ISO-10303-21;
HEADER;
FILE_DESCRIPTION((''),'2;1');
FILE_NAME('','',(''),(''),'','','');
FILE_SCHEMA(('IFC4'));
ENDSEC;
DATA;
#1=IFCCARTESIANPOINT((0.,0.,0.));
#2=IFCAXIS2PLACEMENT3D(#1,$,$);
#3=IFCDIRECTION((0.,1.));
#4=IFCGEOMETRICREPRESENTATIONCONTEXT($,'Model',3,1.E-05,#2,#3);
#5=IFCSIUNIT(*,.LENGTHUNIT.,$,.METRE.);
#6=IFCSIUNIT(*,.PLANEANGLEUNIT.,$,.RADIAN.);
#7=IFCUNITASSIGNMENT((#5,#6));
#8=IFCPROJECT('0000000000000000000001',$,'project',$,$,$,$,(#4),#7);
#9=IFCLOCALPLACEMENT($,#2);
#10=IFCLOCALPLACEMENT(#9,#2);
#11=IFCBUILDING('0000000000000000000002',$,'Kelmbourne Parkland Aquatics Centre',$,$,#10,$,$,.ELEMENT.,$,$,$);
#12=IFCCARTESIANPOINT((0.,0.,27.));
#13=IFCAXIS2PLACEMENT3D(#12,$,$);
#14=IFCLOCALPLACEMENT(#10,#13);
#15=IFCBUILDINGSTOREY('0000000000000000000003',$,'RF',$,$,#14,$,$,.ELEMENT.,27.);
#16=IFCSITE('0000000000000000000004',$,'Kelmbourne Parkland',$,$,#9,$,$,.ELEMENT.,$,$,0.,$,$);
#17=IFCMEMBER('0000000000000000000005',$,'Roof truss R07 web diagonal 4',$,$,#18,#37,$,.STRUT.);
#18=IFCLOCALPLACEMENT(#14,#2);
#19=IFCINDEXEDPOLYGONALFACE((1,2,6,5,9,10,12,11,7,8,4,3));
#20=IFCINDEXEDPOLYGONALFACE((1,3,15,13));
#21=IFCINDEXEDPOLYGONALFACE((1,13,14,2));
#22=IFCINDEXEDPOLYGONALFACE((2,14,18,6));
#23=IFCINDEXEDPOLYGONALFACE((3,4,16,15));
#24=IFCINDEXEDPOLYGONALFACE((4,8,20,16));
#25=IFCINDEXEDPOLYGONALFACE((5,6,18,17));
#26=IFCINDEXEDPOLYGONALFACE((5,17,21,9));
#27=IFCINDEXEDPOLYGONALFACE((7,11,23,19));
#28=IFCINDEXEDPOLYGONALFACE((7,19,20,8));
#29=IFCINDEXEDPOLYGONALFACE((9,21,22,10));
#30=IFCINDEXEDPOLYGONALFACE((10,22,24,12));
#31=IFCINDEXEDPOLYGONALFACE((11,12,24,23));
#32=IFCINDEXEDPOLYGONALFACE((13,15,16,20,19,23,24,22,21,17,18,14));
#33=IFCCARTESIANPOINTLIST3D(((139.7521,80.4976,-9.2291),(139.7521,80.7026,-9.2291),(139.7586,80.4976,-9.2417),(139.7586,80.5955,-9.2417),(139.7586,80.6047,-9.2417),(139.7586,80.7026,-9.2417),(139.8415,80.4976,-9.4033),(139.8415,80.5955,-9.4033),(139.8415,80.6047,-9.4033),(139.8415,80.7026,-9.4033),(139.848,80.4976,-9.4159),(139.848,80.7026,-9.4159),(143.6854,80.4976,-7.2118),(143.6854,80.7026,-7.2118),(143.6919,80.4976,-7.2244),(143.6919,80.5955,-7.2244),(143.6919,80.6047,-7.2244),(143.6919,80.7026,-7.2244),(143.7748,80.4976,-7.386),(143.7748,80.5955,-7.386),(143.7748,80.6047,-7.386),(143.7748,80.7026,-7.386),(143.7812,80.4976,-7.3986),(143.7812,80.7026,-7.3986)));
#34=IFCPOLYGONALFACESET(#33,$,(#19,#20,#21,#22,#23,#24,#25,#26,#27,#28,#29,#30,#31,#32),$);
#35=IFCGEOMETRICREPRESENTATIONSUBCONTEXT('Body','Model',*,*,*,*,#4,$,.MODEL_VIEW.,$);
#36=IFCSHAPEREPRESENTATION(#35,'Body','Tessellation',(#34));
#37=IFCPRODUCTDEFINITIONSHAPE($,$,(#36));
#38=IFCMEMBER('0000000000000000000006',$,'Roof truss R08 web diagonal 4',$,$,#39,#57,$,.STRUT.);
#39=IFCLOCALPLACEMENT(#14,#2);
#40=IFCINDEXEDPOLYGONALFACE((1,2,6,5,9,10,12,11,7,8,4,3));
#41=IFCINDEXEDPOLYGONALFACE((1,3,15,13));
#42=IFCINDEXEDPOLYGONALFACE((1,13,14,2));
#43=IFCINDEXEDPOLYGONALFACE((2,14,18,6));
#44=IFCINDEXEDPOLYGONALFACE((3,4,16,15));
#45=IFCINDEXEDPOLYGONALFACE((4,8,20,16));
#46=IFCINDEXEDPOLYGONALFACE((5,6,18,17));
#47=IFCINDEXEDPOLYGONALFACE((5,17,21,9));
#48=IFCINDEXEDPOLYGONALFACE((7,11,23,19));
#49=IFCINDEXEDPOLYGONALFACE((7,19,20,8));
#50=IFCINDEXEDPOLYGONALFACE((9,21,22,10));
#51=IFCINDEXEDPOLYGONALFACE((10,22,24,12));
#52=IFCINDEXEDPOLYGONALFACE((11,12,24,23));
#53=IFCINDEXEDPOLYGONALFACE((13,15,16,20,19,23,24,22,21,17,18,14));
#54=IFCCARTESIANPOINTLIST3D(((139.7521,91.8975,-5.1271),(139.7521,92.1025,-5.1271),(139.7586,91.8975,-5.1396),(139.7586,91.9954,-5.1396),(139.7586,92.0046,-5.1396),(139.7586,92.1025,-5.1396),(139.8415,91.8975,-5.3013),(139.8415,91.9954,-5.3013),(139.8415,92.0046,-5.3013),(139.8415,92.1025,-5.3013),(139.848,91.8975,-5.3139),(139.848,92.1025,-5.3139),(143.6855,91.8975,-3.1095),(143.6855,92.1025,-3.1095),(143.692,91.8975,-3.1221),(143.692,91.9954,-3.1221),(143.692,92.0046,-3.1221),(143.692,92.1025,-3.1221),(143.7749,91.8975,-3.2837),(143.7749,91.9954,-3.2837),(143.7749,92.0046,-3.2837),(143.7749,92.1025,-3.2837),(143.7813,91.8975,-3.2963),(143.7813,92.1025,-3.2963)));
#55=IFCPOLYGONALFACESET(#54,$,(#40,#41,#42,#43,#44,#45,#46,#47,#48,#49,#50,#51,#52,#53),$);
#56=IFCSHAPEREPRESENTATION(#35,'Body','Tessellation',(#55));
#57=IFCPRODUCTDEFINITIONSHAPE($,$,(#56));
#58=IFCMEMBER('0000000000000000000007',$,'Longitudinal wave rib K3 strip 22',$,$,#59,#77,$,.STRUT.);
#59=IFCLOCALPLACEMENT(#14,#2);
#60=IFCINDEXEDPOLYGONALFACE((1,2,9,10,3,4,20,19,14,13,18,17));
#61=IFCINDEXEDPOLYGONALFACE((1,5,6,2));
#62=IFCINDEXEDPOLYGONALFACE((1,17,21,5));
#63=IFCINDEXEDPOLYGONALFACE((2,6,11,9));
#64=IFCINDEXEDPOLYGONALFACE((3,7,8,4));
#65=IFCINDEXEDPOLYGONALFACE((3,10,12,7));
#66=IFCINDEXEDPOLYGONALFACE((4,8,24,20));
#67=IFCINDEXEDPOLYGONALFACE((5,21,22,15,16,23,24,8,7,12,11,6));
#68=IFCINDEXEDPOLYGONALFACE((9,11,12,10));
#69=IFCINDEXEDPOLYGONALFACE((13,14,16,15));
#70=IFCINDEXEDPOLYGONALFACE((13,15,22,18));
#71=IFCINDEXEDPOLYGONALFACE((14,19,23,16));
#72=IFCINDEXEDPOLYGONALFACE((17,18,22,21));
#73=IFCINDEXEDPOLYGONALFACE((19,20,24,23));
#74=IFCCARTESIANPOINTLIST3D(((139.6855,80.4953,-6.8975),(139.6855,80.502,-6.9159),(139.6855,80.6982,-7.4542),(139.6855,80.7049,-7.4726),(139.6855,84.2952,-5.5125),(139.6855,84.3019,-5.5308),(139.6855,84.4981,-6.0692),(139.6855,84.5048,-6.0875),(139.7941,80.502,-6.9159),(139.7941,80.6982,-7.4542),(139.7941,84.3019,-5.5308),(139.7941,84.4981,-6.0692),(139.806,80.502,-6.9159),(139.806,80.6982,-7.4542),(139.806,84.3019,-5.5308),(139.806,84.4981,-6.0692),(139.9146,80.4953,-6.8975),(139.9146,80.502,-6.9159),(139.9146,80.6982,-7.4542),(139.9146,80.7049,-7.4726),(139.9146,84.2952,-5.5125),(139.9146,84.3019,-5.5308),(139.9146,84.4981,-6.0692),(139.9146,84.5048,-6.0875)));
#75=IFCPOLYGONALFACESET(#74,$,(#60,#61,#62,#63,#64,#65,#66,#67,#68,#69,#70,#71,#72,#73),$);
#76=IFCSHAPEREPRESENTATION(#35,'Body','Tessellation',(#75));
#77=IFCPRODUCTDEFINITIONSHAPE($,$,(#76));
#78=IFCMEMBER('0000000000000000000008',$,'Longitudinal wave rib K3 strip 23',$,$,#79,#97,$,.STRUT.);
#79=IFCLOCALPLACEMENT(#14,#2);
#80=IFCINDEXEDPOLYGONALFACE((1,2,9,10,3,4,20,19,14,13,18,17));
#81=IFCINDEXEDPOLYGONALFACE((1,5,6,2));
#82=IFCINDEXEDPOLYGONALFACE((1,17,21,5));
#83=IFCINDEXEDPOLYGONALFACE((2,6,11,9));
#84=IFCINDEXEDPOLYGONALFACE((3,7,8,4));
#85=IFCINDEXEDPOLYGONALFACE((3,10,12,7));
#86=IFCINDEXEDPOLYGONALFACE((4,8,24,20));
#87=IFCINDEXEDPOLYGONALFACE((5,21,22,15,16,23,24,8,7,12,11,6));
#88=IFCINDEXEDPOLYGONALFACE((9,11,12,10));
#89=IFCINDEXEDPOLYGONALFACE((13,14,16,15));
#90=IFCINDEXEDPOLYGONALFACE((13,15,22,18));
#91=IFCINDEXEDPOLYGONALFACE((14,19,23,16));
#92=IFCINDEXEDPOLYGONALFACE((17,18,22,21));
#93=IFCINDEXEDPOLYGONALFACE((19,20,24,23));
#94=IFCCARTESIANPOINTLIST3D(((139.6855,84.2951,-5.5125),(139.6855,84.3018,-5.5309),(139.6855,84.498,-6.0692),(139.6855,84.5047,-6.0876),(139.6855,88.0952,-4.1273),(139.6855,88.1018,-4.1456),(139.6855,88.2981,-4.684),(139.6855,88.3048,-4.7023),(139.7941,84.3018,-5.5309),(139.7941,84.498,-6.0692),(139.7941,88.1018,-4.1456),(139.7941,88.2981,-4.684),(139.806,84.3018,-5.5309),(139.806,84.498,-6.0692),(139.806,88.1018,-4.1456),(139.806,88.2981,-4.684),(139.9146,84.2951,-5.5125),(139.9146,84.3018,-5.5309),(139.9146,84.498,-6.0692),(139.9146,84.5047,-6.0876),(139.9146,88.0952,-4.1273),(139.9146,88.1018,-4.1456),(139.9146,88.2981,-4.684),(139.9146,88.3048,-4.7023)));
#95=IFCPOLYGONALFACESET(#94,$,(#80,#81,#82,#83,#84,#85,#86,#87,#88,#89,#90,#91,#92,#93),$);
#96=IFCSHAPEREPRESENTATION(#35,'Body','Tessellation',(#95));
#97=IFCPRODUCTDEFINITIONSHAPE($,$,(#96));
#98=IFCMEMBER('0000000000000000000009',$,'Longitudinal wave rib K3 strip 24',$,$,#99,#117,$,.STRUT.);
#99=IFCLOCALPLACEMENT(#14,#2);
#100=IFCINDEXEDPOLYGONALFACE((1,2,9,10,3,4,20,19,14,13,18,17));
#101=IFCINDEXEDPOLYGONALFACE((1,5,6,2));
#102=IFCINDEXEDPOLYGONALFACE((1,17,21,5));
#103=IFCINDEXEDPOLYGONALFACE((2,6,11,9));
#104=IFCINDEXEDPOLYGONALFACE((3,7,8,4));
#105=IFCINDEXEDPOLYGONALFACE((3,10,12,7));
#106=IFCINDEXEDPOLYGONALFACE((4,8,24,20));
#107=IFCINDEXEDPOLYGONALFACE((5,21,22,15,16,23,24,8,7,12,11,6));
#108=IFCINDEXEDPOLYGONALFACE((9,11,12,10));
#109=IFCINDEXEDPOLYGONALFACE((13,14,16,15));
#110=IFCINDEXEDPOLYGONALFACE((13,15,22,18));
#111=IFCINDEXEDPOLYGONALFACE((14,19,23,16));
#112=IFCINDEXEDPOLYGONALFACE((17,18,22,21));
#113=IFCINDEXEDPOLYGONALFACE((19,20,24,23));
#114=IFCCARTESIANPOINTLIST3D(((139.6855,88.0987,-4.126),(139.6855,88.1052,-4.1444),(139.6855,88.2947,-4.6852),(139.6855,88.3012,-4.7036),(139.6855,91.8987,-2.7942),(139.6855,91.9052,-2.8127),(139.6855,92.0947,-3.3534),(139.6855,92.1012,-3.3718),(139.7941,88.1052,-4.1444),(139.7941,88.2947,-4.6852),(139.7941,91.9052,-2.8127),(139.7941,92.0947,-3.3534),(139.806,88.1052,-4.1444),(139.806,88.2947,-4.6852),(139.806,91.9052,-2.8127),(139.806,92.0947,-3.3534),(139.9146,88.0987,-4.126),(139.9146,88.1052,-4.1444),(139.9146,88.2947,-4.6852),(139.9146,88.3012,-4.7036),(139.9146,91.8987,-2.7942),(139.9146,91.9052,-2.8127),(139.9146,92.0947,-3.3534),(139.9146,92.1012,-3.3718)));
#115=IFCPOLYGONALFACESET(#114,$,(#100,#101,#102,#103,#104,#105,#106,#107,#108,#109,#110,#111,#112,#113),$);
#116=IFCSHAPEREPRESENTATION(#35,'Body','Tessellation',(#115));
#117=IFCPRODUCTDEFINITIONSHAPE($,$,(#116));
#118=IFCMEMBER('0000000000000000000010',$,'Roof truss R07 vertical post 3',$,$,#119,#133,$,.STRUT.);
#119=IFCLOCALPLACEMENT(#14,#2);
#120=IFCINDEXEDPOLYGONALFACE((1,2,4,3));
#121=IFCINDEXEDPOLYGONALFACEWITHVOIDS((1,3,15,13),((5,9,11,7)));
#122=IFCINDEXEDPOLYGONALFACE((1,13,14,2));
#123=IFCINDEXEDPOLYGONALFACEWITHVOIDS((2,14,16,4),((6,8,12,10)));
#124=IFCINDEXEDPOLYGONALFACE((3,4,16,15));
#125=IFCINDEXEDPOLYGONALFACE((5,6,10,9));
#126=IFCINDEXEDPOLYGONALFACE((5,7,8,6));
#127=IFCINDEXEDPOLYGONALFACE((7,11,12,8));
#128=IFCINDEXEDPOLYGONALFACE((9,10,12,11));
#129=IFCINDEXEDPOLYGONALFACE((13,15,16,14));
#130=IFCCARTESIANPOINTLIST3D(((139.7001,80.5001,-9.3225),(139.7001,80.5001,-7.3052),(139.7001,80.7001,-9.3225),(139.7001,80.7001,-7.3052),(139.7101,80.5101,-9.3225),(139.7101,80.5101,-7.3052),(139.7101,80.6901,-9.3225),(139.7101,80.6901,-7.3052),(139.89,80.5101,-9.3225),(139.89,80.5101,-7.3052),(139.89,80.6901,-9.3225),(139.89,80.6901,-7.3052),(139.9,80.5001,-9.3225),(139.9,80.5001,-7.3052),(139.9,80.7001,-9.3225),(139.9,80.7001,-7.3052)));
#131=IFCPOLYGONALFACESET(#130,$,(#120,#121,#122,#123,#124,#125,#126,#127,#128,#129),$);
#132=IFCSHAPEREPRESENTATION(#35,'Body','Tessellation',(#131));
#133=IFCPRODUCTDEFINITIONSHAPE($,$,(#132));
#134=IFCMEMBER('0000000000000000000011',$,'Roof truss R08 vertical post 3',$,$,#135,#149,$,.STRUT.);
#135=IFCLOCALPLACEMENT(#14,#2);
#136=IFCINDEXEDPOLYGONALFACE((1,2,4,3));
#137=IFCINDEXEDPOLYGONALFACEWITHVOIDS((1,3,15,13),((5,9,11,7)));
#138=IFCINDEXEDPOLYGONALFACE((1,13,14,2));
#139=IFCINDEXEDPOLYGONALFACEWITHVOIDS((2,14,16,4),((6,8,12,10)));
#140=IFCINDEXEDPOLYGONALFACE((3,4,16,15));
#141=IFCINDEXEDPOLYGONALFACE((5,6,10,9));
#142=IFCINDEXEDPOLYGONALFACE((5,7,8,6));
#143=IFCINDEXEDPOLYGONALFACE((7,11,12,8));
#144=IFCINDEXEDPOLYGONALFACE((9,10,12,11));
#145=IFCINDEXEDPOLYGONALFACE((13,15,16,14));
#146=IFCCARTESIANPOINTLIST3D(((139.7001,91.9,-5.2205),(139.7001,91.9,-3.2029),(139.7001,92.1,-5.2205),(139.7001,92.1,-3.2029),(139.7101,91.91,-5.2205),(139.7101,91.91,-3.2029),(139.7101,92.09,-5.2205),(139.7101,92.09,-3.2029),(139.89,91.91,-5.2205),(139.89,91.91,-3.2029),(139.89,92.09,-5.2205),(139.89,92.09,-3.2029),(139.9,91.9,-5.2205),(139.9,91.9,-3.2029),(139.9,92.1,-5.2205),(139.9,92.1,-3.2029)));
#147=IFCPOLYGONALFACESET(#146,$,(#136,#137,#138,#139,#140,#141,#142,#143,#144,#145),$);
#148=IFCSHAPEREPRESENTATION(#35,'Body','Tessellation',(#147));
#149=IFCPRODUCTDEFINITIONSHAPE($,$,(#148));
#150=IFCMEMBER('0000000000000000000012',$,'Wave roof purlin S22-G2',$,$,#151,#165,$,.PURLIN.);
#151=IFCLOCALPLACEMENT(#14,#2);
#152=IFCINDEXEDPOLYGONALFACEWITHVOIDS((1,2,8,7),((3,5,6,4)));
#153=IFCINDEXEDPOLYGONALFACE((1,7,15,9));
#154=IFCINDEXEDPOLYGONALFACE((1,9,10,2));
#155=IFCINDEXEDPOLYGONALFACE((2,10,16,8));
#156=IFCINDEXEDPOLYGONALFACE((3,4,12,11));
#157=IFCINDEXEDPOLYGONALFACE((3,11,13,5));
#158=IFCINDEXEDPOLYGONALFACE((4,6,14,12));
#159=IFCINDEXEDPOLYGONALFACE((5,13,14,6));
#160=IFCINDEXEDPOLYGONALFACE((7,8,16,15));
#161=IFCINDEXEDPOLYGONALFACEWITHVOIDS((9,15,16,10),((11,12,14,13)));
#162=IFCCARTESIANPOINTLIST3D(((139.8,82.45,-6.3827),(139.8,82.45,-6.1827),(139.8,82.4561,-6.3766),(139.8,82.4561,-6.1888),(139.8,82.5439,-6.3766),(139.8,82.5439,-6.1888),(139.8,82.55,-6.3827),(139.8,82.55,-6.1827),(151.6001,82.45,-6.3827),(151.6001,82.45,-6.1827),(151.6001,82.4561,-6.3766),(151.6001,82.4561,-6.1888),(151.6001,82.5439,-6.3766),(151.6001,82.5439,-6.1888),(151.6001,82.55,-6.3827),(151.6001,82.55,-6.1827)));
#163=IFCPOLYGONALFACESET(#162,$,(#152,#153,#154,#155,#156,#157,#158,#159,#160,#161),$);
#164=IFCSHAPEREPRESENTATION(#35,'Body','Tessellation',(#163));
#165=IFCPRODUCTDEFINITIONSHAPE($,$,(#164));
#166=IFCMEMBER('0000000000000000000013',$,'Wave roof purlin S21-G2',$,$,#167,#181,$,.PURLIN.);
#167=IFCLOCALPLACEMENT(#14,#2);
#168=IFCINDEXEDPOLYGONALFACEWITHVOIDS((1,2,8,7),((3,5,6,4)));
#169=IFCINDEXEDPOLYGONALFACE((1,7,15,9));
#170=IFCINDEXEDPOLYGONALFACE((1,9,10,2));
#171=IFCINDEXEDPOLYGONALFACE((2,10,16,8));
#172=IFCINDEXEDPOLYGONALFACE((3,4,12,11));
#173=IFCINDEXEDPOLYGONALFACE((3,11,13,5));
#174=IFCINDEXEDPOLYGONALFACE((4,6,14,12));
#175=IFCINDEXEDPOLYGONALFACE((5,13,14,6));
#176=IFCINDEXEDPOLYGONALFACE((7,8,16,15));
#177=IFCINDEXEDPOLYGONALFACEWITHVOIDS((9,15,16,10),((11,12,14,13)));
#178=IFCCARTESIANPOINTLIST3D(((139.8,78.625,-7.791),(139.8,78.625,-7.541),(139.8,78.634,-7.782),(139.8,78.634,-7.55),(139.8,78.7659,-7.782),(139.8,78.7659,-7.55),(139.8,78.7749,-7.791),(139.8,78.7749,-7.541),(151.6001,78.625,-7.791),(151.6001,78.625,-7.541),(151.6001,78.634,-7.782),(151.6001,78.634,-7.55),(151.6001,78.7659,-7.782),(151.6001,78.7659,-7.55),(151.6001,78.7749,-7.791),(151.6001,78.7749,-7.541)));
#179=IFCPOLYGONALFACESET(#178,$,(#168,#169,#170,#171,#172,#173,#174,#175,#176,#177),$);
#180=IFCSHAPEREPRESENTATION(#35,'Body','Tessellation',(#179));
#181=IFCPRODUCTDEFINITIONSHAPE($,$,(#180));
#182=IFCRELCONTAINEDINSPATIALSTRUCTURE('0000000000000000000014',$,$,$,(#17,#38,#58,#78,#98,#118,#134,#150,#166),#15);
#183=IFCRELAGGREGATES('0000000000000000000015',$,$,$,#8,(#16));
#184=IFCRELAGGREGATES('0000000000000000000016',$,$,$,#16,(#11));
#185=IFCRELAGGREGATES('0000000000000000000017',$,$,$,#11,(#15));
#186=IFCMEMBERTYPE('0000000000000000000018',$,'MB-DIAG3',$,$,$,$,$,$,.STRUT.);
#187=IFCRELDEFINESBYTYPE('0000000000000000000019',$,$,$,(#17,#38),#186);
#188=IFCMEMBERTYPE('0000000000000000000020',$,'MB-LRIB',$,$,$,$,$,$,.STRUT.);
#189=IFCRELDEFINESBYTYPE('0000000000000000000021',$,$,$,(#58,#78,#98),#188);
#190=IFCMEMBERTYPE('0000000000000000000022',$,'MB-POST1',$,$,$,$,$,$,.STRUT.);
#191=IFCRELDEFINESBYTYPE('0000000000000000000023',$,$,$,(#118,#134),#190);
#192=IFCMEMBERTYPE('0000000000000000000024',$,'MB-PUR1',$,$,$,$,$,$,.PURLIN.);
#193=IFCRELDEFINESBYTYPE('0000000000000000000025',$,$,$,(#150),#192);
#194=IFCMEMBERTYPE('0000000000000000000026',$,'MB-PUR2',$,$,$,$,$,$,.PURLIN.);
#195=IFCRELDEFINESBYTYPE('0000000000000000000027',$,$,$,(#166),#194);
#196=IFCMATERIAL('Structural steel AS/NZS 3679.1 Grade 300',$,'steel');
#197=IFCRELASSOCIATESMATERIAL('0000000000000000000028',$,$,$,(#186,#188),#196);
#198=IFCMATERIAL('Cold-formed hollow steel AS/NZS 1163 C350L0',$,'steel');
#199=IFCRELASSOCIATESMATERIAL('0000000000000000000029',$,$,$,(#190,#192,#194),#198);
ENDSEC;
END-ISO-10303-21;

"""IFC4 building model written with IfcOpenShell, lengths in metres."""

from ifc_helpers import new_model, si_unit, direction, frame, origin, origin_2d, place, context, subcontext, project, spatial, hollow_rectangle, i_section, extrude, material, material_profile, profile_set, type_object, element, save


model = new_model("IFC4")

# Units and contexts
model_context = context("Model", 3, precision=1e-05, world=origin(), true_north=direction((0.0, 1.0)))
body_context = subcontext(model_context, "Body", "Model", "MODEL_VIEW")
ifc_project = project(units=[si_unit("LENGTHUNIT", "METRE"), si_unit("PLANEANGLEUNIT", "RADIAN")], contexts=[model_context])

# Site, building, storey
site_placement = place(None, origin())
site = spatial("IfcSite", under=ifc_project, at=site_placement, Name="Kelmbourne Parkland", CompositionType="ELEMENT", RefElevation=0.0)
building_placement = place(site_placement, origin())
building = spatial("IfcBuilding", under=site, at=building_placement, Name="Kelmbourne Parkland Aquatics Centre", CompositionType="ELEMENT")
storey_placement = place(building_placement, frame((0.0, 0.0, 27.0)))
storey = spatial("IfcBuildingStorey", under=building, at=storey_placement, Name="RF", CompositionType="ELEMENT", Elevation=27.0)

# Members
ifc_material_1 = material(Name="Structural steel AS/NZS 3679.1 Grade 300", Category="steel")
ifc_material_profile_1 = material_profile(ifc_material_1, i_section(OverallWidth=0.2051, OverallDepth=0.21, WebThickness=0.0093, FlangeThickness=0.0142, at=origin_2d()), Name="200UC59.5")
ifc_profile_set_1 = profile_set([ifc_material_profile_1], Name="Structural steel AS/NZS 3679.1 Grade 300")
member_type_1 = type_object("IfcMemberType", Name="MB-DIAG3", PredefinedType="STRUT", material=ifc_profile_set_1)
member_1_placement = place(storey_placement, frame((139.8, 80.6001, -9.3225), z_axis=(0.889796, 0.0, 0.456358), x_axis=(0.0, 1.0, 0.0)))
element("IfcMember", 1, at=member_1_placement, inside=storey, type_object=member_type_1, Name="Roof truss R07 web diagonal 4", PredefinedType="STRUT", context=body_context, shape_type="SweptSolid", body=[
    extrude(i_section(OverallWidth=0.2051, OverallDepth=0.21, WebThickness=0.0093, FlangeThickness=0.0142, at=origin_2d()), origin(), (0.0, 0.0, 1.0), 4.4204),
])
member_2_placement = place(storey_placement, frame((139.8, 92.0, -5.2205), z_axis=(0.889774, 0.0, 0.456402), x_axis=(0.0, 1.0, 0.0)))
element("IfcMember", 2, at=member_2_placement, inside=storey, type_object=member_type_1, Name="Roof truss R08 web diagonal 4", PredefinedType="STRUT", context=body_context, shape_type="SweptSolid", body=[
    extrude(i_section(OverallWidth=0.2051, OverallDepth=0.21, WebThickness=0.0093, FlangeThickness=0.0142, at=origin_2d()), origin(), (0.0, 0.0, 1.0), 4.4207),
])
ifc_material_profile_2 = material_profile(ifc_material_1, i_section(OverallWidth=0.229, OverallDepth=0.6121, WebThickness=0.012, FlangeThickness=0.0195, at=origin_2d()), Name="610UB125")
ifc_profile_set_2 = profile_set([ifc_material_profile_2], Name="Structural steel AS/NZS 3679.1 Grade 300")
member_type_2 = type_object("IfcMemberType", Name="MB-LRIB", PredefinedType="STRUT", material=ifc_profile_set_2)
member_3_placement = place(storey_placement, frame((139.8, 80.6001, -7.1851), z_axis=(0.0, 0.939534, 0.342455), x_axis=(-1.0, 0.0, 0.0)))
element("IfcMember", 3, at=member_3_placement, inside=storey, type_object=member_type_2, Name="Longitudinal wave rib K3 strip 22", PredefinedType="STRUT", context=body_context, shape_type="SweptSolid", body=[
    extrude(i_section(OverallWidth=0.229, OverallDepth=0.6121, WebThickness=0.012, FlangeThickness=0.0195, at=origin_2d()), origin(), (0.0, 0.0, 1.0), 4.0444),
])
member_4_placement = place(storey_placement, frame((139.8, 84.3999, -5.8), z_axis=(0.0, 0.939522, 0.342489), x_axis=(-1.0, 0.0, 0.0)))
element("IfcMember", 4, at=member_4_placement, inside=storey, type_object=member_type_2, Name="Longitudinal wave rib K3 strip 23", PredefinedType="STRUT", context=body_context, shape_type="SweptSolid", body=[
    extrude(i_section(OverallWidth=0.229, OverallDepth=0.6121, WebThickness=0.012, FlangeThickness=0.0195, at=origin_2d()), origin(), (0.0, 0.0, 1.0), 4.0447),
])
member_5_placement = place(storey_placement, frame((139.8, 88.2, -4.4148), z_axis=(0.0, 0.943721, 0.330742), x_axis=(-1.0, 0.0, 0.0)))
element("IfcMember", 5, at=member_5_placement, inside=storey, type_object=member_type_2, Name="Longitudinal wave rib K3 strip 24", PredefinedType="STRUT", context=body_context, shape_type="SweptSolid", body=[
    extrude(i_section(OverallWidth=0.229, OverallDepth=0.6121, WebThickness=0.012, FlangeThickness=0.0195, at=origin_2d()), origin(), (0.0, 0.0, 1.0), 4.0266),
])
ifc_material_2 = material(Name="Cold-formed hollow steel AS/NZS 1163 C350L0", Category="steel")
ifc_material_profile_3 = material_profile(ifc_material_2, hollow_rectangle(XDim=0.2, YDim=0.2, WallThickness=0.01, at=origin_2d()), Name="SHS 200x200x10.0")
ifc_profile_set_3 = profile_set([ifc_material_profile_3], Name="Cold-formed hollow steel AS/NZS 1163 C350L0")
member_type_3 = type_object("IfcMemberType", Name="MB-POST1", PredefinedType="STRUT", material=ifc_profile_set_3)
member_6_placement = place(storey_placement, frame((139.8, 80.6001, -9.3225), z_axis=(0.0, 0.0, 1.0), x_axis=(1.0, 0.0, 0.0)))
element("IfcMember", 6, at=member_6_placement, inside=storey, type_object=member_type_3, Name="Roof truss R07 vertical post 3", PredefinedType="STRUT", context=body_context, shape_type="SweptSolid", body=[
    extrude(hollow_rectangle(XDim=0.2, YDim=0.2, WallThickness=0.01, at=origin_2d()), origin(), (0.0, 0.0, 1.0), 2.0173),
])
member_7_placement = place(storey_placement, frame((139.8, 92.0, -5.2205), z_axis=(0.0, 0.0, 1.0), x_axis=(1.0, 0.0, 0.0)))
element("IfcMember", 7, at=member_7_placement, inside=storey, type_object=member_type_3, Name="Roof truss R08 vertical post 3", PredefinedType="STRUT", context=body_context, shape_type="SweptSolid", body=[
    extrude(hollow_rectangle(XDim=0.2, YDim=0.2, WallThickness=0.01, at=origin_2d()), origin(), (0.0, 0.0, 1.0), 2.0176),
])
ifc_material_profile_4 = material_profile(ifc_material_2, hollow_rectangle(XDim=0.1001, YDim=0.2, WallThickness=0.0061, at=origin_2d()), Name="RHS 200x100x6.0")
ifc_profile_set_4 = profile_set([ifc_material_profile_4], Name="Cold-formed hollow steel AS/NZS 1163 C350L0")
member_type_4 = type_object("IfcMemberType", Name="MB-PUR1", PredefinedType="PURLIN", material=ifc_profile_set_4)
member_8_placement = place(storey_placement, frame((139.8, 82.5, -6.2827), z_axis=(1.0, 0.0, 0.0), x_axis=(0.0, 1.0, 0.0)))
element("IfcMember", 8, at=member_8_placement, inside=storey, type_object=member_type_4, Name="Wave roof purlin S22-G2", PredefinedType="PURLIN", context=body_context, shape_type="SweptSolid", body=[
    extrude(hollow_rectangle(XDim=0.1001, YDim=0.2, WallThickness=0.0061, at=origin_2d()), origin(), (0.0, 0.0, 1.0), 11.8),
])
ifc_material_profile_5 = material_profile(ifc_material_2, hollow_rectangle(XDim=0.1499, YDim=0.25, WallThickness=0.009, at=origin_2d()), Name="RHS 250x150x9.0")
ifc_profile_set_5 = profile_set([ifc_material_profile_5], Name="Cold-formed hollow steel AS/NZS 1163 C350L0")
member_type_5 = type_object("IfcMemberType", Name="MB-PUR2", PredefinedType="PURLIN", material=ifc_profile_set_5)
member_9_placement = place(storey_placement, frame((139.8, 78.7, -7.666), z_axis=(1.0, 0.0, 0.0), x_axis=(0.0, 1.0, 0.0)))
element("IfcMember", 9, at=member_9_placement, inside=storey, type_object=member_type_5, Name="Wave roof purlin S21-G2", PredefinedType="PURLIN", context=body_context, shape_type="SweptSolid", body=[
    extrude(hollow_rectangle(XDim=0.1499, YDim=0.25, WallThickness=0.009, at=origin_2d()), origin(), (0.0, 0.0, 1.0), 11.8),
])

save(model, "model.ifc")
